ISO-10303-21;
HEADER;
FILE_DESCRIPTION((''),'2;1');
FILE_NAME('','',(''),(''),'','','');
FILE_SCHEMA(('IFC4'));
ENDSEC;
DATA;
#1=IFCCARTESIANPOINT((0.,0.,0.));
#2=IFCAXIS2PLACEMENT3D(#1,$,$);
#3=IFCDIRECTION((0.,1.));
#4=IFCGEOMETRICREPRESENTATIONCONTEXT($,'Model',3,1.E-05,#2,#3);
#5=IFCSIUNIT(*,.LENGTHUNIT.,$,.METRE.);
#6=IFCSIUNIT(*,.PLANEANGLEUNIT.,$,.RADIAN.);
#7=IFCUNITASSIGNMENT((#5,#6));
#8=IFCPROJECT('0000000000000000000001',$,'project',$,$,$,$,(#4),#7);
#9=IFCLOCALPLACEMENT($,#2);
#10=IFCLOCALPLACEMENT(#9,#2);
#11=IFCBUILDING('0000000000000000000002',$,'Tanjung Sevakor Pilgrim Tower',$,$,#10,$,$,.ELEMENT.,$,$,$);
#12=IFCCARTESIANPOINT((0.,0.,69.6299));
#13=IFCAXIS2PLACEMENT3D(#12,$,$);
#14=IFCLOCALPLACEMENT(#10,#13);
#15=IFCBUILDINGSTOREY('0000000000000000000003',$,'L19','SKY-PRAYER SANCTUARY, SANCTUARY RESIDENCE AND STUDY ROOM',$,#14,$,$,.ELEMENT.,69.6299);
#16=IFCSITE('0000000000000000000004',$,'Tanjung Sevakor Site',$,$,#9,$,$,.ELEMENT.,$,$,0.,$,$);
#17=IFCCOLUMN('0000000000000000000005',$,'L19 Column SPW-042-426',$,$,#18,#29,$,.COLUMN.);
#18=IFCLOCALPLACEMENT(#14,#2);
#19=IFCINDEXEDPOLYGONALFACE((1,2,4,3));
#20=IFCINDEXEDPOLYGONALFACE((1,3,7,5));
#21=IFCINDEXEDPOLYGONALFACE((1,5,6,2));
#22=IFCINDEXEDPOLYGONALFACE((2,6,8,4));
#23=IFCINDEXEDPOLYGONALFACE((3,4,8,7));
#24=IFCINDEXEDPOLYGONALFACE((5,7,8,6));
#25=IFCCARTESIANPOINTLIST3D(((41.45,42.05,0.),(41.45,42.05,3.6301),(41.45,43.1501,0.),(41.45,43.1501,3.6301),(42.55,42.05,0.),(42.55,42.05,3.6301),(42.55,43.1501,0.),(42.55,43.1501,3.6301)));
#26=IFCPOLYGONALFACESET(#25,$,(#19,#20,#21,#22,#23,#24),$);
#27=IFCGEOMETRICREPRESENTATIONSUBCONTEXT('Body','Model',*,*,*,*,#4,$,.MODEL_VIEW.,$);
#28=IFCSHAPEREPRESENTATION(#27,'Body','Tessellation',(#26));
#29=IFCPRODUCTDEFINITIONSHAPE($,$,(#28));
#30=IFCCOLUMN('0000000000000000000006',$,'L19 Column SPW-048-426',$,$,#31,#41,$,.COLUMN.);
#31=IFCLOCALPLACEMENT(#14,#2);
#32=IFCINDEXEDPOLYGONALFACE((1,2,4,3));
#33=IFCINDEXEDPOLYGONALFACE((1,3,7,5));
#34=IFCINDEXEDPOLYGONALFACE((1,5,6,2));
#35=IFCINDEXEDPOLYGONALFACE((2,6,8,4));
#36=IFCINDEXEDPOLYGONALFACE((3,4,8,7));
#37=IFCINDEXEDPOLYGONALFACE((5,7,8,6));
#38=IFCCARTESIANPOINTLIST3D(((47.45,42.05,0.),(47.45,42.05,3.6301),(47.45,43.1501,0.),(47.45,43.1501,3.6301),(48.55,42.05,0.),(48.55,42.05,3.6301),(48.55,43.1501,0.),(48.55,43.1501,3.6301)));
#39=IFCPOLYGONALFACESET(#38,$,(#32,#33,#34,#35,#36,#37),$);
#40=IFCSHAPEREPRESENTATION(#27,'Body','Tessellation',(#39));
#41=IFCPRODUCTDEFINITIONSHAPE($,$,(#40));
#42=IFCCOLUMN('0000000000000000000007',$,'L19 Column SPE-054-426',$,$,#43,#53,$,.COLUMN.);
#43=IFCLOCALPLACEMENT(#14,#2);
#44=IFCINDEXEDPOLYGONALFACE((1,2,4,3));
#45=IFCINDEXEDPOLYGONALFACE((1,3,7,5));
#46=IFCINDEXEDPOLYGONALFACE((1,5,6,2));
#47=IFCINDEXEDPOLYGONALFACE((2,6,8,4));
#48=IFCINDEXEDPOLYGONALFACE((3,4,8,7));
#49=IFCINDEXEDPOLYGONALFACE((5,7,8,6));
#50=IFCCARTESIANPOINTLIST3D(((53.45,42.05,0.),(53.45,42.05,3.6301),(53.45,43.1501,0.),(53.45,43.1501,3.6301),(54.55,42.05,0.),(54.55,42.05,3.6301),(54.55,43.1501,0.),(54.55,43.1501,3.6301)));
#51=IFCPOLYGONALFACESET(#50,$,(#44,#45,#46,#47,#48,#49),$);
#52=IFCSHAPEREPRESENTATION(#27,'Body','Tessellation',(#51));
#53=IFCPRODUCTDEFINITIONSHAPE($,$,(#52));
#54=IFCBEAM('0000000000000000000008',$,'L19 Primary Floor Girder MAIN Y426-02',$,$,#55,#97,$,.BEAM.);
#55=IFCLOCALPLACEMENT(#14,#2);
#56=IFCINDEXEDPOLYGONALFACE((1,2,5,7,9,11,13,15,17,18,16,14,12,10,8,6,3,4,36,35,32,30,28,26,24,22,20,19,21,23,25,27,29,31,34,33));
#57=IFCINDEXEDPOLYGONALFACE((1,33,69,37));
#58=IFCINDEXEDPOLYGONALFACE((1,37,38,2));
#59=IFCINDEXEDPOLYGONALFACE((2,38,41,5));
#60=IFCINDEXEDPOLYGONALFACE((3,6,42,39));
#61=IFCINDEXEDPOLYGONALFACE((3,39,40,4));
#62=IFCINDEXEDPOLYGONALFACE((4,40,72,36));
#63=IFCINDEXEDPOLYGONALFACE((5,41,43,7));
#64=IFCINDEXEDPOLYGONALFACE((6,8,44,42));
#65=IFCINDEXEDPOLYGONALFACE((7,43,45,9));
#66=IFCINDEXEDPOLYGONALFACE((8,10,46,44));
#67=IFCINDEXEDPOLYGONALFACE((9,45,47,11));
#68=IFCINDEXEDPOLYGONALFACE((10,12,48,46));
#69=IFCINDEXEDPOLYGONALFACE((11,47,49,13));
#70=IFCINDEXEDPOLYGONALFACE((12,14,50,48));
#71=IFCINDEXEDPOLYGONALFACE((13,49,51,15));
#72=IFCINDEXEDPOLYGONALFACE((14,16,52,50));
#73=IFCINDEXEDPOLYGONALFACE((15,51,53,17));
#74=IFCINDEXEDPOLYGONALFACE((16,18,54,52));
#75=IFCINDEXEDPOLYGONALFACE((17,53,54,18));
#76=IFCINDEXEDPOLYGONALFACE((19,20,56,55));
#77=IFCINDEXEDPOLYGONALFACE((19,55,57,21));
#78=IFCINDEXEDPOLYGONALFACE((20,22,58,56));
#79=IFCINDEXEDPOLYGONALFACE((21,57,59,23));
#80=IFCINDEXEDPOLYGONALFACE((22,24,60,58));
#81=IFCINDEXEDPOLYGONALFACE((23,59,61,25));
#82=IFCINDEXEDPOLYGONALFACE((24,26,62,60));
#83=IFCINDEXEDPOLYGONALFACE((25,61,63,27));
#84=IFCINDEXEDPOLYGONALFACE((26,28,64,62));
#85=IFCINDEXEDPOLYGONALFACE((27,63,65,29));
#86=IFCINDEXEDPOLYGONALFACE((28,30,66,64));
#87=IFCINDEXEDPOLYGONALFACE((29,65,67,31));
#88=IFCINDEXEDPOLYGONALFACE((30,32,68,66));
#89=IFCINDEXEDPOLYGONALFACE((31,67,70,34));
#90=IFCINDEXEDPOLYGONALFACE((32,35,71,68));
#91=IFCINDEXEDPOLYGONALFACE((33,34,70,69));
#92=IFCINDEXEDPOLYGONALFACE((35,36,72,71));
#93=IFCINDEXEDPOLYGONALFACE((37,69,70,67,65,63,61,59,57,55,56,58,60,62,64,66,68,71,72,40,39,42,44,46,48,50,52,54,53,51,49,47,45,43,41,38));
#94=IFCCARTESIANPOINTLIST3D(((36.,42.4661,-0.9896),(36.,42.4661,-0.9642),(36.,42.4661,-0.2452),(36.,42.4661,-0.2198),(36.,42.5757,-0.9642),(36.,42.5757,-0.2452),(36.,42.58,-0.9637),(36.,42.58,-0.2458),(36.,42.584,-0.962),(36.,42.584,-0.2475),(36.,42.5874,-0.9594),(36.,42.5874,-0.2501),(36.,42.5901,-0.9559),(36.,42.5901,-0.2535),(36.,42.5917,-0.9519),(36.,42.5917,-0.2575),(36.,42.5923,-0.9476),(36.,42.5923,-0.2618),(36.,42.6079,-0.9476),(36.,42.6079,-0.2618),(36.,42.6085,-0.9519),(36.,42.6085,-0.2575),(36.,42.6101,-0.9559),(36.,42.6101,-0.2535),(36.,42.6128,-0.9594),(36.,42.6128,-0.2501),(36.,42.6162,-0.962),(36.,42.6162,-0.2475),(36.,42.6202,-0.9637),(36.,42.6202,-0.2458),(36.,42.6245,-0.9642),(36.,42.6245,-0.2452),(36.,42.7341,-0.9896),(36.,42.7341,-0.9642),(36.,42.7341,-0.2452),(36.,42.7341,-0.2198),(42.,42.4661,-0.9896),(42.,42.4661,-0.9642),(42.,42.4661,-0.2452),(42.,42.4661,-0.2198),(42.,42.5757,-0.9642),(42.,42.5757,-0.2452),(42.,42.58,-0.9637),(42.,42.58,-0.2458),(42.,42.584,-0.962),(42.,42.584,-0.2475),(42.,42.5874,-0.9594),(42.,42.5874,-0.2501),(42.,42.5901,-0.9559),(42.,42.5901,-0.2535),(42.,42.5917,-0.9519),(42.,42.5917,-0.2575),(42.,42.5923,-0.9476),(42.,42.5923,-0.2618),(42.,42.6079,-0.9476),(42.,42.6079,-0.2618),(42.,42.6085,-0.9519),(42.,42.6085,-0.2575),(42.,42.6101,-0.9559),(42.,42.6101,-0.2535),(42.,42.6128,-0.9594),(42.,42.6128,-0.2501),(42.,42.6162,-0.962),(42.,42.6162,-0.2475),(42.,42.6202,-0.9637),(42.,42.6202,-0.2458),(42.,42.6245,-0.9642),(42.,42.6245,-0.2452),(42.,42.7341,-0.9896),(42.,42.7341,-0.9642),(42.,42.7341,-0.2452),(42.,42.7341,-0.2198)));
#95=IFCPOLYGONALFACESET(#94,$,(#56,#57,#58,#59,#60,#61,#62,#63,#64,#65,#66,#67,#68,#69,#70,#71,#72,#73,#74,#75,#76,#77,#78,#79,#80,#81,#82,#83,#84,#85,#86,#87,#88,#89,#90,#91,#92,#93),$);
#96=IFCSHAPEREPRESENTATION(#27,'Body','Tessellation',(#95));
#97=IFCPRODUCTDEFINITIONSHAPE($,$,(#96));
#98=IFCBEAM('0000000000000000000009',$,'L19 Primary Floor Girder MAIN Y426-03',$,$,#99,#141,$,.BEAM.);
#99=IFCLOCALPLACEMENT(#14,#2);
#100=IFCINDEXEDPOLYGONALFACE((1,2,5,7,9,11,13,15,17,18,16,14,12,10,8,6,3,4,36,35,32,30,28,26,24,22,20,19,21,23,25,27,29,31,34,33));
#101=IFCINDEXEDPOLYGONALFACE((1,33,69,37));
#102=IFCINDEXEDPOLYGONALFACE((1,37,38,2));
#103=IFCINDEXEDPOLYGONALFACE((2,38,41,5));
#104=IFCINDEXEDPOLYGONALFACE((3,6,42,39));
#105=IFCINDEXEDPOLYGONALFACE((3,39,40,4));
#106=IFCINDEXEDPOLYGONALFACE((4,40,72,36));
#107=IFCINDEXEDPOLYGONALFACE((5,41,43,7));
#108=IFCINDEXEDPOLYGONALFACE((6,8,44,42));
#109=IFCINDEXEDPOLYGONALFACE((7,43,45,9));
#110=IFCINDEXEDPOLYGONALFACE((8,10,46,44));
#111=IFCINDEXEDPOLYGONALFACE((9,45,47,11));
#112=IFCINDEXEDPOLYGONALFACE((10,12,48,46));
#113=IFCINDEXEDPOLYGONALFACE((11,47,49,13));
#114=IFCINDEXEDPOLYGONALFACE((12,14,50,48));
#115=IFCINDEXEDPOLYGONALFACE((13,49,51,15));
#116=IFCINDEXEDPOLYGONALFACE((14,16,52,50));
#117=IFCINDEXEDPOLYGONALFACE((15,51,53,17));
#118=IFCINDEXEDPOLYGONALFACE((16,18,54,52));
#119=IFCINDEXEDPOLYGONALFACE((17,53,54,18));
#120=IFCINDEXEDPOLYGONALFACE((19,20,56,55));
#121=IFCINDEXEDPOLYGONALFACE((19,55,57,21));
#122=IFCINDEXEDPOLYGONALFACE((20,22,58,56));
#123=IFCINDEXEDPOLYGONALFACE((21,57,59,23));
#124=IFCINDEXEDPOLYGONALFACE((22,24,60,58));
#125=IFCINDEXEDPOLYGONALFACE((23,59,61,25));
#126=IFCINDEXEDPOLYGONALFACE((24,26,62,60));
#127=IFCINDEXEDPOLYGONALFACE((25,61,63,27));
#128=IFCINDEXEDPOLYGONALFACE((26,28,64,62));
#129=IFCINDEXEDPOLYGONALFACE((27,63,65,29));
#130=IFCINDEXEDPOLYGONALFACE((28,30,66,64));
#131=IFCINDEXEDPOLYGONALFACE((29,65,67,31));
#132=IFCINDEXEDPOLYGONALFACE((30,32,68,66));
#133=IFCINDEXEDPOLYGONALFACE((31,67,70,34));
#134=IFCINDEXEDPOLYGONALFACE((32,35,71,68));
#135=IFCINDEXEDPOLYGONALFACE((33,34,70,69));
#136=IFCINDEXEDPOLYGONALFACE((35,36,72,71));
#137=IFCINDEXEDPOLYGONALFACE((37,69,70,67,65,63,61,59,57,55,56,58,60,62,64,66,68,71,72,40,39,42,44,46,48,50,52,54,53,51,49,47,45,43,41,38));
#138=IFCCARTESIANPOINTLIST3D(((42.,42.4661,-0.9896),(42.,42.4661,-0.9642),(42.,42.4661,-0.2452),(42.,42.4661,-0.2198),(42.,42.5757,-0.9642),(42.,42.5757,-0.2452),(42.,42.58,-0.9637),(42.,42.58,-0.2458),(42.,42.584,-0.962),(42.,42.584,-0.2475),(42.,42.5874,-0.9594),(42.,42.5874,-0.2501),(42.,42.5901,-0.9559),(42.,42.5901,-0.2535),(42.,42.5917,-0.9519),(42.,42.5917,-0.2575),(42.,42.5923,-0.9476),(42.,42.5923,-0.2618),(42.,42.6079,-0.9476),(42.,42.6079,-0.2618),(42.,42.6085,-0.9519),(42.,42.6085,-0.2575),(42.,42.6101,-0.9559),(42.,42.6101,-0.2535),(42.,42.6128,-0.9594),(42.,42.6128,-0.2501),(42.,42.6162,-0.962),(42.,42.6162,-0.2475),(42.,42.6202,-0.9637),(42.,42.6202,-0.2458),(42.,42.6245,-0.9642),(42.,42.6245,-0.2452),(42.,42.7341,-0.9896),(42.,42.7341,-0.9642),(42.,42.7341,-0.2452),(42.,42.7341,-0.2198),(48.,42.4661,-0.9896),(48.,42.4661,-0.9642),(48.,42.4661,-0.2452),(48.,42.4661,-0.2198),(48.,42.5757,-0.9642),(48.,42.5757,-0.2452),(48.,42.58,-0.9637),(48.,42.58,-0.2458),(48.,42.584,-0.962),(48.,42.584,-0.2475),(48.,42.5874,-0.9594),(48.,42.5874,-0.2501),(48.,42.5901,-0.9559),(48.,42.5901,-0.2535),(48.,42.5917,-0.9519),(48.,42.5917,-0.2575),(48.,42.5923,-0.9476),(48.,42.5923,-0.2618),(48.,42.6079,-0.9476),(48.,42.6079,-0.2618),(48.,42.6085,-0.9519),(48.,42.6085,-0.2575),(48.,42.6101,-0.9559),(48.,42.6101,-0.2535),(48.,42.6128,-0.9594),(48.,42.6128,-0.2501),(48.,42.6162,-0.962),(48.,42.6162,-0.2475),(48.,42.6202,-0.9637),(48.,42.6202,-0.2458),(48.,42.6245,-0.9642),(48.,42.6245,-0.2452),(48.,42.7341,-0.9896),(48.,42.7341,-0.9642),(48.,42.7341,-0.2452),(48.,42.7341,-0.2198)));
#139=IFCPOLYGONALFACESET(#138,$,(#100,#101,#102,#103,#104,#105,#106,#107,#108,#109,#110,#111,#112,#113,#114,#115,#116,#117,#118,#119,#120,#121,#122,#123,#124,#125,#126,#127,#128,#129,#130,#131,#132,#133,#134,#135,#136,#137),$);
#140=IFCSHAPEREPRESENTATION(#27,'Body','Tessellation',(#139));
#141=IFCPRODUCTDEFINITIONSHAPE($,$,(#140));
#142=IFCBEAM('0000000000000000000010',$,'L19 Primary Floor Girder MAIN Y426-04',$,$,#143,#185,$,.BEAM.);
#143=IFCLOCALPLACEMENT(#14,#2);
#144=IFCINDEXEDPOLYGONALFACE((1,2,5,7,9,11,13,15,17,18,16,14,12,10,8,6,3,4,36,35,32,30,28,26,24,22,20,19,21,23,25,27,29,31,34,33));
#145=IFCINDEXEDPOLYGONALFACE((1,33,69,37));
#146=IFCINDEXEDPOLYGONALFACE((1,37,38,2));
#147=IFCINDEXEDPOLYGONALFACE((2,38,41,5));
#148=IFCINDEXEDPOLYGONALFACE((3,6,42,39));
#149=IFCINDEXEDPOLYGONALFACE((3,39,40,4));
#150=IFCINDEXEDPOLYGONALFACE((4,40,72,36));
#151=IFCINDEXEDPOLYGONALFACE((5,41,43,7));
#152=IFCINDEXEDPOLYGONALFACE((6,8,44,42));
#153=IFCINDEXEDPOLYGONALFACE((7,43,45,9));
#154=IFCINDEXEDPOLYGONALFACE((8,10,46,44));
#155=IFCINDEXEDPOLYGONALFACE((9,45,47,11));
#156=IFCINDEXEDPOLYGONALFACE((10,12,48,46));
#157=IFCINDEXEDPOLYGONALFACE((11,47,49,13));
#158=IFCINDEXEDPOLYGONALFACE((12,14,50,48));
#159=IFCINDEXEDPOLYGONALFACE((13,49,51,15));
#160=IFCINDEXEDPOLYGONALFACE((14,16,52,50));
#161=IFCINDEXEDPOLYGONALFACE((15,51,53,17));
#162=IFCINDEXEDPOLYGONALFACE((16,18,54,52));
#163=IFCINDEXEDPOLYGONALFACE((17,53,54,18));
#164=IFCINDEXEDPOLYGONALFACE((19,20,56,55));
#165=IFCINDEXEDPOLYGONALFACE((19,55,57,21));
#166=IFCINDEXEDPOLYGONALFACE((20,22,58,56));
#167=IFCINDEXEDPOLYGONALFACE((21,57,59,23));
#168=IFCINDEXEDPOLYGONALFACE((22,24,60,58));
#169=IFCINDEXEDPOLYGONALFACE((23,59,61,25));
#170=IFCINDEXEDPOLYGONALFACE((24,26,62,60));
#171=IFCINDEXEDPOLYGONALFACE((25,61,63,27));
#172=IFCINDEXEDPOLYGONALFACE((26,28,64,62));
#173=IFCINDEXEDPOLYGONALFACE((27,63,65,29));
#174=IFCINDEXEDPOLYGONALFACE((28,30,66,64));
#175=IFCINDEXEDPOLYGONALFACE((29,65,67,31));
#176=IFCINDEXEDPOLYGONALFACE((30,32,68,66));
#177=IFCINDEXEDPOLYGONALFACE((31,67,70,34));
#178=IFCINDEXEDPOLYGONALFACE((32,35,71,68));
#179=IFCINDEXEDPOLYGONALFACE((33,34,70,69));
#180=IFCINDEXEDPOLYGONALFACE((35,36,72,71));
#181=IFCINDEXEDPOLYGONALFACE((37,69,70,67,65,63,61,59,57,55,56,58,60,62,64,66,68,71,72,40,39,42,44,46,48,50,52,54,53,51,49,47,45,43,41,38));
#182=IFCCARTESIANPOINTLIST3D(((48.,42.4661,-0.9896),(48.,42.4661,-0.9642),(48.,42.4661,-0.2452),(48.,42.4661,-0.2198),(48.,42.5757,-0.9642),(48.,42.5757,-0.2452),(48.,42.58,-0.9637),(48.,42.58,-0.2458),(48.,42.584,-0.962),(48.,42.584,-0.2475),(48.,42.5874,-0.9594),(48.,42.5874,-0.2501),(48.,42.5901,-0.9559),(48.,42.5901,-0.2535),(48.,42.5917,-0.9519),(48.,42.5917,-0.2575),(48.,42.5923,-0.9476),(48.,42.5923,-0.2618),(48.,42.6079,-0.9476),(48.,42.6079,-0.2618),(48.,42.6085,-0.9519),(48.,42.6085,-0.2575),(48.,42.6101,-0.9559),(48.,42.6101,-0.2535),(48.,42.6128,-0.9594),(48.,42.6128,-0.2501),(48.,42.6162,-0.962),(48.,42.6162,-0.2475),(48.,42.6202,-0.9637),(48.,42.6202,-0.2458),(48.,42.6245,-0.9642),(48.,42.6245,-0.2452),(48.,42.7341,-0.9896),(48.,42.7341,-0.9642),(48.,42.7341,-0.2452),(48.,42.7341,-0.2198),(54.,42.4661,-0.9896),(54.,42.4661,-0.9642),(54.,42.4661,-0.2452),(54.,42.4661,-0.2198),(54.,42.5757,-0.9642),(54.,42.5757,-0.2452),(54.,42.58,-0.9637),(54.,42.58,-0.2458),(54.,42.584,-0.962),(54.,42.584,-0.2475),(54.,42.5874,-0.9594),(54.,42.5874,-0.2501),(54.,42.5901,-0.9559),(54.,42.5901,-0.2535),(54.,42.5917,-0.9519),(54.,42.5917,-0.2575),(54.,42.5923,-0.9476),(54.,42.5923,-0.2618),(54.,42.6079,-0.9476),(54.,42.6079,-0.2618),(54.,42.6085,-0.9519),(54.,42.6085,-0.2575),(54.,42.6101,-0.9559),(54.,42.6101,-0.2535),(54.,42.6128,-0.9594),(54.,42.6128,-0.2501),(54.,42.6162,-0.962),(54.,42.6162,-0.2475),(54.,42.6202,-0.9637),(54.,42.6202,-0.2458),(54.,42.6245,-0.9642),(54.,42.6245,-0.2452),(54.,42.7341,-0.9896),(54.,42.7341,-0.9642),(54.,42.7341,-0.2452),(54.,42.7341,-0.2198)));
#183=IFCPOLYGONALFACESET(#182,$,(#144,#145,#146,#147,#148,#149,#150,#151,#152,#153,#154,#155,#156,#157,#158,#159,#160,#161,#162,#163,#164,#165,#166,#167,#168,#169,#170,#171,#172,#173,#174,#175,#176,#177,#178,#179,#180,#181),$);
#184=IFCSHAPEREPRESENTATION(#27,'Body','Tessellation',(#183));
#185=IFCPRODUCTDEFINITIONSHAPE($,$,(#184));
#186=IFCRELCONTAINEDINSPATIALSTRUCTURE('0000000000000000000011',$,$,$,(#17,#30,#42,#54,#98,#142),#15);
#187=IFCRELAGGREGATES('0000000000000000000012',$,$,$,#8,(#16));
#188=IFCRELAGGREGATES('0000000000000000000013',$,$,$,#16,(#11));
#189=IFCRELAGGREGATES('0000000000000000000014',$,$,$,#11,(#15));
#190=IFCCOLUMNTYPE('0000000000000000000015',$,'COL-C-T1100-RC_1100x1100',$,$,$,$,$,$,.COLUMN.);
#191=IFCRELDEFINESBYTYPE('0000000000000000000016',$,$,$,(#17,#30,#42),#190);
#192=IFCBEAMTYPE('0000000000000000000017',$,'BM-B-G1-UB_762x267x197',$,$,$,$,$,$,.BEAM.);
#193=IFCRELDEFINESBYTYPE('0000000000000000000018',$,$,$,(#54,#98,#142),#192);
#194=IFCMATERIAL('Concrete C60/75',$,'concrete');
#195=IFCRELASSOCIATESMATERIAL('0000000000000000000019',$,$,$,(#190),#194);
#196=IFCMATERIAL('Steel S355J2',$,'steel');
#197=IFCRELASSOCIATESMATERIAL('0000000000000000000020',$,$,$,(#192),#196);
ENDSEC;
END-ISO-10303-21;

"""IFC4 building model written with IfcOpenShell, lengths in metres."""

from ifc_helpers import new_model, si_unit, direction, frame, origin, origin_2d, place, context, subcontext, project, spatial, rectangle, i_section, extrude, material, material_profile, profile_set, type_object, element, save


model = new_model("IFC4")

# Units and contexts
model_context = context("Model", 3, precision=1e-05, world=origin(), true_north=direction((0.0, 1.0)))
body_context = subcontext(model_context, "Body", "Model", "MODEL_VIEW")
ifc_project = project(units=[si_unit("LENGTHUNIT", "METRE"), si_unit("PLANEANGLEUNIT", "RADIAN")], contexts=[model_context])

# Site, building, storey
site_placement = place(None, origin())
site = spatial("IfcSite", under=ifc_project, at=site_placement, Name="Tanjung Sevakor Site", CompositionType="ELEMENT", RefElevation=0.0)
building_placement = place(site_placement, origin())
building = spatial("IfcBuilding", under=site, at=building_placement, Name="Tanjung Sevakor Pilgrim Tower", CompositionType="ELEMENT")
storey_placement = place(building_placement, frame((0.0, 0.0, 69.6299)))
storey = spatial("IfcBuildingStorey", under=building, at=storey_placement, Name="L19", Description="SKY-PRAYER SANCTUARY, SANCTUARY RESIDENCE AND STUDY ROOM", CompositionType="ELEMENT", Elevation=69.6299)

# Columns
ifc_material_1 = material(Name="Concrete C60/75", Category="concrete")
ifc_material_profile_1 = material_profile(ifc_material_1, rectangle(XDim=1.1001, YDim=1.1001, at=origin_2d()))
ifc_profile_set_1 = profile_set([ifc_material_profile_1], Name="Concrete C60/75")
column_type = type_object("IfcColumnType", Name="COL-C-T1100-RC_1100x1100", PredefinedType="COLUMN", material=ifc_profile_set_1)
for number, where, z_axis, x_axis, name in (
    (1, (42.0, 42.6001, 0.0), (0.0, 0.0, 1.0), (1.0, 0.0, 0.0), "L19 Column SPW-042-426"),
    (2, (48.0, 42.6001, 0.0), (0.0, 0.0, 1.0), (1.0, 0.0, 0.0), "L19 Column SPW-048-426"),
    (3, (54.0, 42.6001, 0.0), (0.0, 0.0, 1.0), (1.0, 0.0, 0.0), "L19 Column SPE-054-426"),
):
    element("IfcColumn", number, at=place(storey_placement, frame(where, z_axis=z_axis, x_axis=x_axis)), inside=storey, type_object=column_type, Name=name, PredefinedType="COLUMN", context=body_context, shape_type="SweptSolid", body=[
        extrude(rectangle(XDim=1.1001, YDim=1.1001, at=origin_2d()), origin(), (0.0, 0.0, 1.0), 3.6301),
    ])

# Beams
ifc_material_2 = material(Name="Steel S355J2", Category="steel")
ifc_material_profile_2 = material_profile(ifc_material_2, i_section(OverallWidth=0.2681, OverallDepth=0.7698, WebThickness=0.0156, FlangeThickness=0.0254, FilletRadius=0.0166, at=origin_2d()))
ifc_profile_set_2 = profile_set([ifc_material_profile_2], Name="Steel S355J2")
beam_type_1 = type_object("IfcBeamType", Name="BM-B-G1-UB_762x267x197", PredefinedType="BEAM", material=ifc_profile_set_2)
for number, where, z_axis, x_axis, name in (
    (4, (36.0, 42.6001, -0.6047), (1.0, 0.0, 0.0), (0.0, 1.0, 0.0), "L19 Primary Floor Girder MAIN Y426-02"),
    (5, (42.0, 42.6001, -0.6047), (1.0, 0.0, 0.0), (0.0, 1.0, 0.0), "L19 Primary Floor Girder MAIN Y426-03"),
    (6, (48.0, 42.6001, -0.6047), (1.0, 0.0, 0.0), (0.0, 1.0, 0.0), "L19 Primary Floor Girder MAIN Y426-04"),
):
    element("IfcBeam", number, at=place(storey_placement, frame(where, z_axis=z_axis, x_axis=x_axis)), inside=storey, type_object=beam_type_1, Name=name, PredefinedType="BEAM", context=body_context, shape_type="SweptSolid", body=[
        extrude(i_section(OverallWidth=0.2681, OverallDepth=0.7698, WebThickness=0.0156, FlangeThickness=0.0254, FilletRadius=0.0166, at=origin_2d()), origin(), (0.0, 0.0, 1.0), 6.0),
    ])

save(model, "model.ifc")
